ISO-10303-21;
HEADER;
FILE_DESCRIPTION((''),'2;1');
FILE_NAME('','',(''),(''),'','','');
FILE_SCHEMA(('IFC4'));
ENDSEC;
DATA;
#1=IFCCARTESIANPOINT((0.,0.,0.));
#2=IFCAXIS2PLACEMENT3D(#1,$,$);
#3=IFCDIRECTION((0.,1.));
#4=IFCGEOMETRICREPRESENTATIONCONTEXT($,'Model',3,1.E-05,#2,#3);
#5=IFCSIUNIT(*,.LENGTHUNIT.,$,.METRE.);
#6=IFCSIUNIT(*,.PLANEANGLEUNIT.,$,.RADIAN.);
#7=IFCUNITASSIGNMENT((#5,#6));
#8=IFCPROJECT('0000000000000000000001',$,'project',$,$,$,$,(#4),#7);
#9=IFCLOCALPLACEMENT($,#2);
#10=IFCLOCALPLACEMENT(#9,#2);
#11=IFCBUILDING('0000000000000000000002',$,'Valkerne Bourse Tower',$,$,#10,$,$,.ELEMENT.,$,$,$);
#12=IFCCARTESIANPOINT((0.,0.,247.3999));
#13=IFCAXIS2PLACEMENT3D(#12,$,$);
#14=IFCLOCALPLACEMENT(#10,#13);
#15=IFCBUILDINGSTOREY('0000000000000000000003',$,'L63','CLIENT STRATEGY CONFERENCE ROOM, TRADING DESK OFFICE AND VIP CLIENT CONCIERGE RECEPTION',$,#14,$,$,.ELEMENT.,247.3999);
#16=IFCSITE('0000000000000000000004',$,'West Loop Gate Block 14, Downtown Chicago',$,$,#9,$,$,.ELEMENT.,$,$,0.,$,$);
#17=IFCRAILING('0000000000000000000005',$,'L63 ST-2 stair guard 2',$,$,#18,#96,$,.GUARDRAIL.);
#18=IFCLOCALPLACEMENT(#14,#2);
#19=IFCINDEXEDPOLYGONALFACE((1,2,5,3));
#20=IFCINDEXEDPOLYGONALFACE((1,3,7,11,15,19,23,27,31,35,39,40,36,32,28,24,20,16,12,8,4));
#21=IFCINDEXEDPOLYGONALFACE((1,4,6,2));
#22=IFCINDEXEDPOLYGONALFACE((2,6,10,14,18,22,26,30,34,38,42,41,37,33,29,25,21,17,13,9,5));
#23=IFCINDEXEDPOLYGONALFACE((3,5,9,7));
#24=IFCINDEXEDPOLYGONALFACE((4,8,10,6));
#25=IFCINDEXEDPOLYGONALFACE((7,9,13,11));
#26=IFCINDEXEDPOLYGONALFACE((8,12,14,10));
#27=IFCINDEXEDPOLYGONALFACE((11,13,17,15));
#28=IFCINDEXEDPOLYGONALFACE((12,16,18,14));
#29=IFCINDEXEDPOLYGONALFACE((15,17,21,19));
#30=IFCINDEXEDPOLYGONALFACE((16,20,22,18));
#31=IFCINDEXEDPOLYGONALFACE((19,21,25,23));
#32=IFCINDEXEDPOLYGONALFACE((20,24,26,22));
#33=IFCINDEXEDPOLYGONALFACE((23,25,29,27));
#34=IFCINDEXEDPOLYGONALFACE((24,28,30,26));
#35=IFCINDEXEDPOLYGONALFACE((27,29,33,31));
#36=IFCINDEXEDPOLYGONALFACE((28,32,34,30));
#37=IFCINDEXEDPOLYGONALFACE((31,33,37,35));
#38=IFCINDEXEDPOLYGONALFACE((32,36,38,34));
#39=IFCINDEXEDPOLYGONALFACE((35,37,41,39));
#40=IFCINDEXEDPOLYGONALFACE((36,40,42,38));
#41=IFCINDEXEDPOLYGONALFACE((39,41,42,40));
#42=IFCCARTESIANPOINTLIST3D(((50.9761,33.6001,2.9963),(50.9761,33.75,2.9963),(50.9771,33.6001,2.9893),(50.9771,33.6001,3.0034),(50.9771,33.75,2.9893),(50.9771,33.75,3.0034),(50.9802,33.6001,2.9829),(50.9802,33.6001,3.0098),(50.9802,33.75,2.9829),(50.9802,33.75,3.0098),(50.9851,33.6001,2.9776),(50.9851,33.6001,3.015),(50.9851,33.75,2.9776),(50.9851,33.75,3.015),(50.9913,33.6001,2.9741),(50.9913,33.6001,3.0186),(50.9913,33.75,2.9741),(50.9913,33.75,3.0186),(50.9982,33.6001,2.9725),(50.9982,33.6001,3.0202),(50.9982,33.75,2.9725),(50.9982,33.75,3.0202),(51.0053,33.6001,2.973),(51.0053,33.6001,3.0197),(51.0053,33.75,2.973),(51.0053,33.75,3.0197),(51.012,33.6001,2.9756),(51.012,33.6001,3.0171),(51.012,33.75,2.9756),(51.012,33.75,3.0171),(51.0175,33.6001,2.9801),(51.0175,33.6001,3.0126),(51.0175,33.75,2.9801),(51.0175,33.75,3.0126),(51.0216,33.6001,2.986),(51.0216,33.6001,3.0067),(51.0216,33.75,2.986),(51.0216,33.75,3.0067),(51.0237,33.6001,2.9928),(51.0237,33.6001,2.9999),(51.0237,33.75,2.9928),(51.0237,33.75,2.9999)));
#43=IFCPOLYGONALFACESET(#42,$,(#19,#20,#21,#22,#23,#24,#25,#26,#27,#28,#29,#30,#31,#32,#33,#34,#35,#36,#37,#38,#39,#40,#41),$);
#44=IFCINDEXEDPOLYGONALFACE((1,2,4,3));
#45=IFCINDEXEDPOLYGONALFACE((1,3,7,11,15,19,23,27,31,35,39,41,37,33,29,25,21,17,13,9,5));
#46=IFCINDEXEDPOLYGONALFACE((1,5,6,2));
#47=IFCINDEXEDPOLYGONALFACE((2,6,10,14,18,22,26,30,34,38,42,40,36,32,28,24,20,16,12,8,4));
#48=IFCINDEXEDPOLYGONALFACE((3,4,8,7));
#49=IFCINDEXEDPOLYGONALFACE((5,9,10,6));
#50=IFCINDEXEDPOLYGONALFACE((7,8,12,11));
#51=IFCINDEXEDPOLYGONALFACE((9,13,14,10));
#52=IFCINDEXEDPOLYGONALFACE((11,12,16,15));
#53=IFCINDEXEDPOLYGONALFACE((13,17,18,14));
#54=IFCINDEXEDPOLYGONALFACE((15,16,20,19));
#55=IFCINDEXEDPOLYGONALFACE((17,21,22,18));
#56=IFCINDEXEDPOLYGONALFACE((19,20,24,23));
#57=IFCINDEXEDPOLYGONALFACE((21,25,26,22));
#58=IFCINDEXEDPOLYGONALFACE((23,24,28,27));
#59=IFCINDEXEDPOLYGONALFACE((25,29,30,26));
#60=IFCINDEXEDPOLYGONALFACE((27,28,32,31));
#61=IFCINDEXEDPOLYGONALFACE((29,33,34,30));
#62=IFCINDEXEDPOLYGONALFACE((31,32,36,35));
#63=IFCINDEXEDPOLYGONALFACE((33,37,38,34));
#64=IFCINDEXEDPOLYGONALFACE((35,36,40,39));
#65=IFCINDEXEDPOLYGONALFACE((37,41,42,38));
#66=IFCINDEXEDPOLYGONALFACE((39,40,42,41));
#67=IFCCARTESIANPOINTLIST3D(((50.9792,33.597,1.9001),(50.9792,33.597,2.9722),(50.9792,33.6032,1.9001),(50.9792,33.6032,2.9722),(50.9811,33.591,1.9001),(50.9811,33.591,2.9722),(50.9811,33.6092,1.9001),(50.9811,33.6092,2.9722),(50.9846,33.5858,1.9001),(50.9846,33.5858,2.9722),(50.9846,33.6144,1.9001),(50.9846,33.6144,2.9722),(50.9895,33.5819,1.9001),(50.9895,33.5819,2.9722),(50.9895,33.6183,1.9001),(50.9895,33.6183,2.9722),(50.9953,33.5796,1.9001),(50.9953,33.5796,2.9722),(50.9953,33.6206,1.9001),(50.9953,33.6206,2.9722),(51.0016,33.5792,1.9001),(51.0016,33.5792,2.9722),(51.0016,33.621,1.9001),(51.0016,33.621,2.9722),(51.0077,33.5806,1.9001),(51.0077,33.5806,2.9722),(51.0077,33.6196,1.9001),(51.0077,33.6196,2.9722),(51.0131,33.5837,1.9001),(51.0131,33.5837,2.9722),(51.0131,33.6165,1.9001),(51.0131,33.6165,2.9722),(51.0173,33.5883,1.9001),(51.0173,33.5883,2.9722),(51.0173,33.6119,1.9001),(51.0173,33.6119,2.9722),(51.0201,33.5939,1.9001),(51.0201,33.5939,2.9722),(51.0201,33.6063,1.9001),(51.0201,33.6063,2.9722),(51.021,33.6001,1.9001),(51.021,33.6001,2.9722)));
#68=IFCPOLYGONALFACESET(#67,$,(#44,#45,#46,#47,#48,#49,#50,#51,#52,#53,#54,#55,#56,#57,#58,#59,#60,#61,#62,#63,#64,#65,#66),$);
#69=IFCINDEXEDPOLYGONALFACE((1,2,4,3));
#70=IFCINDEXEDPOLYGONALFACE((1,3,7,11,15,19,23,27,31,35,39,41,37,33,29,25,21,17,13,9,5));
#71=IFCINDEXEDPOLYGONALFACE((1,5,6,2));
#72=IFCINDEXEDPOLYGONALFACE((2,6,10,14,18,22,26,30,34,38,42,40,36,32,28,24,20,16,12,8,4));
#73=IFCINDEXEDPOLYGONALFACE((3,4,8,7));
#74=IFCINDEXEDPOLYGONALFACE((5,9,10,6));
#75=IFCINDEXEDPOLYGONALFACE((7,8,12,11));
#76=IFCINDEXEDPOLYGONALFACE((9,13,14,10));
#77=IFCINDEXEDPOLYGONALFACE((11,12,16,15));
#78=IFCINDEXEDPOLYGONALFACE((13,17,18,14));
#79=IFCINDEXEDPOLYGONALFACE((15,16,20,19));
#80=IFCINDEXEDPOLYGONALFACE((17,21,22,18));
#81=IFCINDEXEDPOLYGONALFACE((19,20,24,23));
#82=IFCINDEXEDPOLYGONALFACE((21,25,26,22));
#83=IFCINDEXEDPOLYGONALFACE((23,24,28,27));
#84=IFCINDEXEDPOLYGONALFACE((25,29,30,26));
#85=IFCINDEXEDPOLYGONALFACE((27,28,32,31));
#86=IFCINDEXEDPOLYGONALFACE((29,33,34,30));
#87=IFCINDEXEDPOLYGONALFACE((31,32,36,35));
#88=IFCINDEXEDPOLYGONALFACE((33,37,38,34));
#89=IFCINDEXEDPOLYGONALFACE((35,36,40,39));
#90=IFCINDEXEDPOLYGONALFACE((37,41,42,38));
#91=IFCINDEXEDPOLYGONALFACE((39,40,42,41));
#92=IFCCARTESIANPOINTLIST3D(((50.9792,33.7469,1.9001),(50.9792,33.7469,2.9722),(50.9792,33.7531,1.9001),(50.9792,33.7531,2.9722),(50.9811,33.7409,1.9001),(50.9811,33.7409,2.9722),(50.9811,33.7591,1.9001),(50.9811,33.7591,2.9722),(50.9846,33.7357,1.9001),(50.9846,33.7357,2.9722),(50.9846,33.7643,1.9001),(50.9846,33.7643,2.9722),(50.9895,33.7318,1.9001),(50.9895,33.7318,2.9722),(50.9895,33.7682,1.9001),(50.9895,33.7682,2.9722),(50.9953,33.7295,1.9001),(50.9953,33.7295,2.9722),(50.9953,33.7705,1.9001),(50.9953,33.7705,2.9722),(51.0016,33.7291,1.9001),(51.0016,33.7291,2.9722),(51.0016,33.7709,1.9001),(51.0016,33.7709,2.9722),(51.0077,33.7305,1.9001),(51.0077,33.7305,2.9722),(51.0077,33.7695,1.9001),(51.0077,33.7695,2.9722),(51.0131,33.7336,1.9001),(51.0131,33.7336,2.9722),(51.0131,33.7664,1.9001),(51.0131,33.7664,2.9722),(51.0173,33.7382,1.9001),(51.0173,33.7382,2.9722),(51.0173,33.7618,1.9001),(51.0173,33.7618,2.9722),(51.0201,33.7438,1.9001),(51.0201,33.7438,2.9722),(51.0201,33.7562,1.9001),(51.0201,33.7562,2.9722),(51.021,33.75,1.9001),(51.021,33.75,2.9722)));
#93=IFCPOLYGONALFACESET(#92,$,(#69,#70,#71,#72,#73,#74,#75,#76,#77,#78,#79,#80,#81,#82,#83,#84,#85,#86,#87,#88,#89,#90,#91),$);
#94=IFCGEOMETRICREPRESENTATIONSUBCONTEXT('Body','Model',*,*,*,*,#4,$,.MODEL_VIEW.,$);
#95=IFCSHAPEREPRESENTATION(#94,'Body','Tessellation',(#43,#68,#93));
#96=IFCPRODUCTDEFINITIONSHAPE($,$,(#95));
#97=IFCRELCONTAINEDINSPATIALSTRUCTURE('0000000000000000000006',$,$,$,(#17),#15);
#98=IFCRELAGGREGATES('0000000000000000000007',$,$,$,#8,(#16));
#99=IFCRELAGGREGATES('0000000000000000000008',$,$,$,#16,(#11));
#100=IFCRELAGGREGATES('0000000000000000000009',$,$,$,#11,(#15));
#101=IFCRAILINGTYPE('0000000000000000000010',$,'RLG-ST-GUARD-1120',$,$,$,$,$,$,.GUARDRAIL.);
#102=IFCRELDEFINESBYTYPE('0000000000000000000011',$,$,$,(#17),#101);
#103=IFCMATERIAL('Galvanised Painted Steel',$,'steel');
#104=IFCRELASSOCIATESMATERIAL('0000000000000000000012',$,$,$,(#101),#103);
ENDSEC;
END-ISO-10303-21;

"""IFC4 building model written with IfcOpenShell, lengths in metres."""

from ifc_helpers import new_model, si_unit, direction, frame, origin, origin_2d, place, context, subcontext, project, spatial, circle, extrude, material, type_object, element, save


model = new_model("IFC4")

# Units and contexts
model_context = context("Model", 3, precision=1e-05, world=origin(), true_north=direction((0.0, 1.0)))
body_context = subcontext(model_context, "Body", "Model", "MODEL_VIEW")
ifc_project = project(units=[si_unit("LENGTHUNIT", "METRE"), si_unit("PLANEANGLEUNIT", "RADIAN")], contexts=[model_context])

# Site, building, storey
site_placement = place(None, origin())
site = spatial("IfcSite", under=ifc_project, at=site_placement, Name="West Loop Gate Block 14, Downtown Chicago", CompositionType="ELEMENT", RefElevation=0.0)
building_placement = place(site_placement, origin())
building = spatial("IfcBuilding", under=site, at=building_placement, Name="Valkerne Bourse Tower", CompositionType="ELEMENT")
storey_placement = place(building_placement, frame((0.0, 0.0, 247.3999)))
storey = spatial("IfcBuildingStorey", under=building, at=storey_placement, Name="L63", Description="CLIENT STRATEGY CONFERENCE ROOM, TRADING DESK OFFICE AND VIP CLIENT CONCIERGE RECEPTION", CompositionType="ELEMENT", Elevation=247.3999)

# Shared definitions
ifc_material_1 = material(Name="Galvanised Painted Steel", Category="steel")

# Railing
railing_type_1 = type_object("IfcRailingType", Name="RLG-ST-GUARD-1120", PredefinedType="GUARDRAIL", material=ifc_material_1)
railing_1_placement = place(storey_placement, frame((51.0, 33.6001, 1.9001)))
element("IfcRailing", 1, at=railing_1_placement, inside=storey, type_object=railing_type_1, Name="L63 ST-2 stair guard 2", PredefinedType="GUARDRAIL", context=body_context, shape_type="SweptSolid", body=[
    extrude(circle(Radius=0.0239, at=origin_2d()), frame((0.0, 0.0, 1.0962), z_axis=(0.0, 1.0, 0.0), x_axis=(-1.0, 0.0, 0.0)), (0.0, 0.0, 1.0), 0.1499),
    extrude(circle(Radius=0.021, at=origin_2d()), origin(), (0.0, 0.0, 1.0), 1.072),
    extrude(circle(Radius=0.021, at=origin_2d()), frame((0.0, 0.1499, 0.0)), (0.0, 0.0, 1.0), 1.072),
])

save(model, "model.ifc")
